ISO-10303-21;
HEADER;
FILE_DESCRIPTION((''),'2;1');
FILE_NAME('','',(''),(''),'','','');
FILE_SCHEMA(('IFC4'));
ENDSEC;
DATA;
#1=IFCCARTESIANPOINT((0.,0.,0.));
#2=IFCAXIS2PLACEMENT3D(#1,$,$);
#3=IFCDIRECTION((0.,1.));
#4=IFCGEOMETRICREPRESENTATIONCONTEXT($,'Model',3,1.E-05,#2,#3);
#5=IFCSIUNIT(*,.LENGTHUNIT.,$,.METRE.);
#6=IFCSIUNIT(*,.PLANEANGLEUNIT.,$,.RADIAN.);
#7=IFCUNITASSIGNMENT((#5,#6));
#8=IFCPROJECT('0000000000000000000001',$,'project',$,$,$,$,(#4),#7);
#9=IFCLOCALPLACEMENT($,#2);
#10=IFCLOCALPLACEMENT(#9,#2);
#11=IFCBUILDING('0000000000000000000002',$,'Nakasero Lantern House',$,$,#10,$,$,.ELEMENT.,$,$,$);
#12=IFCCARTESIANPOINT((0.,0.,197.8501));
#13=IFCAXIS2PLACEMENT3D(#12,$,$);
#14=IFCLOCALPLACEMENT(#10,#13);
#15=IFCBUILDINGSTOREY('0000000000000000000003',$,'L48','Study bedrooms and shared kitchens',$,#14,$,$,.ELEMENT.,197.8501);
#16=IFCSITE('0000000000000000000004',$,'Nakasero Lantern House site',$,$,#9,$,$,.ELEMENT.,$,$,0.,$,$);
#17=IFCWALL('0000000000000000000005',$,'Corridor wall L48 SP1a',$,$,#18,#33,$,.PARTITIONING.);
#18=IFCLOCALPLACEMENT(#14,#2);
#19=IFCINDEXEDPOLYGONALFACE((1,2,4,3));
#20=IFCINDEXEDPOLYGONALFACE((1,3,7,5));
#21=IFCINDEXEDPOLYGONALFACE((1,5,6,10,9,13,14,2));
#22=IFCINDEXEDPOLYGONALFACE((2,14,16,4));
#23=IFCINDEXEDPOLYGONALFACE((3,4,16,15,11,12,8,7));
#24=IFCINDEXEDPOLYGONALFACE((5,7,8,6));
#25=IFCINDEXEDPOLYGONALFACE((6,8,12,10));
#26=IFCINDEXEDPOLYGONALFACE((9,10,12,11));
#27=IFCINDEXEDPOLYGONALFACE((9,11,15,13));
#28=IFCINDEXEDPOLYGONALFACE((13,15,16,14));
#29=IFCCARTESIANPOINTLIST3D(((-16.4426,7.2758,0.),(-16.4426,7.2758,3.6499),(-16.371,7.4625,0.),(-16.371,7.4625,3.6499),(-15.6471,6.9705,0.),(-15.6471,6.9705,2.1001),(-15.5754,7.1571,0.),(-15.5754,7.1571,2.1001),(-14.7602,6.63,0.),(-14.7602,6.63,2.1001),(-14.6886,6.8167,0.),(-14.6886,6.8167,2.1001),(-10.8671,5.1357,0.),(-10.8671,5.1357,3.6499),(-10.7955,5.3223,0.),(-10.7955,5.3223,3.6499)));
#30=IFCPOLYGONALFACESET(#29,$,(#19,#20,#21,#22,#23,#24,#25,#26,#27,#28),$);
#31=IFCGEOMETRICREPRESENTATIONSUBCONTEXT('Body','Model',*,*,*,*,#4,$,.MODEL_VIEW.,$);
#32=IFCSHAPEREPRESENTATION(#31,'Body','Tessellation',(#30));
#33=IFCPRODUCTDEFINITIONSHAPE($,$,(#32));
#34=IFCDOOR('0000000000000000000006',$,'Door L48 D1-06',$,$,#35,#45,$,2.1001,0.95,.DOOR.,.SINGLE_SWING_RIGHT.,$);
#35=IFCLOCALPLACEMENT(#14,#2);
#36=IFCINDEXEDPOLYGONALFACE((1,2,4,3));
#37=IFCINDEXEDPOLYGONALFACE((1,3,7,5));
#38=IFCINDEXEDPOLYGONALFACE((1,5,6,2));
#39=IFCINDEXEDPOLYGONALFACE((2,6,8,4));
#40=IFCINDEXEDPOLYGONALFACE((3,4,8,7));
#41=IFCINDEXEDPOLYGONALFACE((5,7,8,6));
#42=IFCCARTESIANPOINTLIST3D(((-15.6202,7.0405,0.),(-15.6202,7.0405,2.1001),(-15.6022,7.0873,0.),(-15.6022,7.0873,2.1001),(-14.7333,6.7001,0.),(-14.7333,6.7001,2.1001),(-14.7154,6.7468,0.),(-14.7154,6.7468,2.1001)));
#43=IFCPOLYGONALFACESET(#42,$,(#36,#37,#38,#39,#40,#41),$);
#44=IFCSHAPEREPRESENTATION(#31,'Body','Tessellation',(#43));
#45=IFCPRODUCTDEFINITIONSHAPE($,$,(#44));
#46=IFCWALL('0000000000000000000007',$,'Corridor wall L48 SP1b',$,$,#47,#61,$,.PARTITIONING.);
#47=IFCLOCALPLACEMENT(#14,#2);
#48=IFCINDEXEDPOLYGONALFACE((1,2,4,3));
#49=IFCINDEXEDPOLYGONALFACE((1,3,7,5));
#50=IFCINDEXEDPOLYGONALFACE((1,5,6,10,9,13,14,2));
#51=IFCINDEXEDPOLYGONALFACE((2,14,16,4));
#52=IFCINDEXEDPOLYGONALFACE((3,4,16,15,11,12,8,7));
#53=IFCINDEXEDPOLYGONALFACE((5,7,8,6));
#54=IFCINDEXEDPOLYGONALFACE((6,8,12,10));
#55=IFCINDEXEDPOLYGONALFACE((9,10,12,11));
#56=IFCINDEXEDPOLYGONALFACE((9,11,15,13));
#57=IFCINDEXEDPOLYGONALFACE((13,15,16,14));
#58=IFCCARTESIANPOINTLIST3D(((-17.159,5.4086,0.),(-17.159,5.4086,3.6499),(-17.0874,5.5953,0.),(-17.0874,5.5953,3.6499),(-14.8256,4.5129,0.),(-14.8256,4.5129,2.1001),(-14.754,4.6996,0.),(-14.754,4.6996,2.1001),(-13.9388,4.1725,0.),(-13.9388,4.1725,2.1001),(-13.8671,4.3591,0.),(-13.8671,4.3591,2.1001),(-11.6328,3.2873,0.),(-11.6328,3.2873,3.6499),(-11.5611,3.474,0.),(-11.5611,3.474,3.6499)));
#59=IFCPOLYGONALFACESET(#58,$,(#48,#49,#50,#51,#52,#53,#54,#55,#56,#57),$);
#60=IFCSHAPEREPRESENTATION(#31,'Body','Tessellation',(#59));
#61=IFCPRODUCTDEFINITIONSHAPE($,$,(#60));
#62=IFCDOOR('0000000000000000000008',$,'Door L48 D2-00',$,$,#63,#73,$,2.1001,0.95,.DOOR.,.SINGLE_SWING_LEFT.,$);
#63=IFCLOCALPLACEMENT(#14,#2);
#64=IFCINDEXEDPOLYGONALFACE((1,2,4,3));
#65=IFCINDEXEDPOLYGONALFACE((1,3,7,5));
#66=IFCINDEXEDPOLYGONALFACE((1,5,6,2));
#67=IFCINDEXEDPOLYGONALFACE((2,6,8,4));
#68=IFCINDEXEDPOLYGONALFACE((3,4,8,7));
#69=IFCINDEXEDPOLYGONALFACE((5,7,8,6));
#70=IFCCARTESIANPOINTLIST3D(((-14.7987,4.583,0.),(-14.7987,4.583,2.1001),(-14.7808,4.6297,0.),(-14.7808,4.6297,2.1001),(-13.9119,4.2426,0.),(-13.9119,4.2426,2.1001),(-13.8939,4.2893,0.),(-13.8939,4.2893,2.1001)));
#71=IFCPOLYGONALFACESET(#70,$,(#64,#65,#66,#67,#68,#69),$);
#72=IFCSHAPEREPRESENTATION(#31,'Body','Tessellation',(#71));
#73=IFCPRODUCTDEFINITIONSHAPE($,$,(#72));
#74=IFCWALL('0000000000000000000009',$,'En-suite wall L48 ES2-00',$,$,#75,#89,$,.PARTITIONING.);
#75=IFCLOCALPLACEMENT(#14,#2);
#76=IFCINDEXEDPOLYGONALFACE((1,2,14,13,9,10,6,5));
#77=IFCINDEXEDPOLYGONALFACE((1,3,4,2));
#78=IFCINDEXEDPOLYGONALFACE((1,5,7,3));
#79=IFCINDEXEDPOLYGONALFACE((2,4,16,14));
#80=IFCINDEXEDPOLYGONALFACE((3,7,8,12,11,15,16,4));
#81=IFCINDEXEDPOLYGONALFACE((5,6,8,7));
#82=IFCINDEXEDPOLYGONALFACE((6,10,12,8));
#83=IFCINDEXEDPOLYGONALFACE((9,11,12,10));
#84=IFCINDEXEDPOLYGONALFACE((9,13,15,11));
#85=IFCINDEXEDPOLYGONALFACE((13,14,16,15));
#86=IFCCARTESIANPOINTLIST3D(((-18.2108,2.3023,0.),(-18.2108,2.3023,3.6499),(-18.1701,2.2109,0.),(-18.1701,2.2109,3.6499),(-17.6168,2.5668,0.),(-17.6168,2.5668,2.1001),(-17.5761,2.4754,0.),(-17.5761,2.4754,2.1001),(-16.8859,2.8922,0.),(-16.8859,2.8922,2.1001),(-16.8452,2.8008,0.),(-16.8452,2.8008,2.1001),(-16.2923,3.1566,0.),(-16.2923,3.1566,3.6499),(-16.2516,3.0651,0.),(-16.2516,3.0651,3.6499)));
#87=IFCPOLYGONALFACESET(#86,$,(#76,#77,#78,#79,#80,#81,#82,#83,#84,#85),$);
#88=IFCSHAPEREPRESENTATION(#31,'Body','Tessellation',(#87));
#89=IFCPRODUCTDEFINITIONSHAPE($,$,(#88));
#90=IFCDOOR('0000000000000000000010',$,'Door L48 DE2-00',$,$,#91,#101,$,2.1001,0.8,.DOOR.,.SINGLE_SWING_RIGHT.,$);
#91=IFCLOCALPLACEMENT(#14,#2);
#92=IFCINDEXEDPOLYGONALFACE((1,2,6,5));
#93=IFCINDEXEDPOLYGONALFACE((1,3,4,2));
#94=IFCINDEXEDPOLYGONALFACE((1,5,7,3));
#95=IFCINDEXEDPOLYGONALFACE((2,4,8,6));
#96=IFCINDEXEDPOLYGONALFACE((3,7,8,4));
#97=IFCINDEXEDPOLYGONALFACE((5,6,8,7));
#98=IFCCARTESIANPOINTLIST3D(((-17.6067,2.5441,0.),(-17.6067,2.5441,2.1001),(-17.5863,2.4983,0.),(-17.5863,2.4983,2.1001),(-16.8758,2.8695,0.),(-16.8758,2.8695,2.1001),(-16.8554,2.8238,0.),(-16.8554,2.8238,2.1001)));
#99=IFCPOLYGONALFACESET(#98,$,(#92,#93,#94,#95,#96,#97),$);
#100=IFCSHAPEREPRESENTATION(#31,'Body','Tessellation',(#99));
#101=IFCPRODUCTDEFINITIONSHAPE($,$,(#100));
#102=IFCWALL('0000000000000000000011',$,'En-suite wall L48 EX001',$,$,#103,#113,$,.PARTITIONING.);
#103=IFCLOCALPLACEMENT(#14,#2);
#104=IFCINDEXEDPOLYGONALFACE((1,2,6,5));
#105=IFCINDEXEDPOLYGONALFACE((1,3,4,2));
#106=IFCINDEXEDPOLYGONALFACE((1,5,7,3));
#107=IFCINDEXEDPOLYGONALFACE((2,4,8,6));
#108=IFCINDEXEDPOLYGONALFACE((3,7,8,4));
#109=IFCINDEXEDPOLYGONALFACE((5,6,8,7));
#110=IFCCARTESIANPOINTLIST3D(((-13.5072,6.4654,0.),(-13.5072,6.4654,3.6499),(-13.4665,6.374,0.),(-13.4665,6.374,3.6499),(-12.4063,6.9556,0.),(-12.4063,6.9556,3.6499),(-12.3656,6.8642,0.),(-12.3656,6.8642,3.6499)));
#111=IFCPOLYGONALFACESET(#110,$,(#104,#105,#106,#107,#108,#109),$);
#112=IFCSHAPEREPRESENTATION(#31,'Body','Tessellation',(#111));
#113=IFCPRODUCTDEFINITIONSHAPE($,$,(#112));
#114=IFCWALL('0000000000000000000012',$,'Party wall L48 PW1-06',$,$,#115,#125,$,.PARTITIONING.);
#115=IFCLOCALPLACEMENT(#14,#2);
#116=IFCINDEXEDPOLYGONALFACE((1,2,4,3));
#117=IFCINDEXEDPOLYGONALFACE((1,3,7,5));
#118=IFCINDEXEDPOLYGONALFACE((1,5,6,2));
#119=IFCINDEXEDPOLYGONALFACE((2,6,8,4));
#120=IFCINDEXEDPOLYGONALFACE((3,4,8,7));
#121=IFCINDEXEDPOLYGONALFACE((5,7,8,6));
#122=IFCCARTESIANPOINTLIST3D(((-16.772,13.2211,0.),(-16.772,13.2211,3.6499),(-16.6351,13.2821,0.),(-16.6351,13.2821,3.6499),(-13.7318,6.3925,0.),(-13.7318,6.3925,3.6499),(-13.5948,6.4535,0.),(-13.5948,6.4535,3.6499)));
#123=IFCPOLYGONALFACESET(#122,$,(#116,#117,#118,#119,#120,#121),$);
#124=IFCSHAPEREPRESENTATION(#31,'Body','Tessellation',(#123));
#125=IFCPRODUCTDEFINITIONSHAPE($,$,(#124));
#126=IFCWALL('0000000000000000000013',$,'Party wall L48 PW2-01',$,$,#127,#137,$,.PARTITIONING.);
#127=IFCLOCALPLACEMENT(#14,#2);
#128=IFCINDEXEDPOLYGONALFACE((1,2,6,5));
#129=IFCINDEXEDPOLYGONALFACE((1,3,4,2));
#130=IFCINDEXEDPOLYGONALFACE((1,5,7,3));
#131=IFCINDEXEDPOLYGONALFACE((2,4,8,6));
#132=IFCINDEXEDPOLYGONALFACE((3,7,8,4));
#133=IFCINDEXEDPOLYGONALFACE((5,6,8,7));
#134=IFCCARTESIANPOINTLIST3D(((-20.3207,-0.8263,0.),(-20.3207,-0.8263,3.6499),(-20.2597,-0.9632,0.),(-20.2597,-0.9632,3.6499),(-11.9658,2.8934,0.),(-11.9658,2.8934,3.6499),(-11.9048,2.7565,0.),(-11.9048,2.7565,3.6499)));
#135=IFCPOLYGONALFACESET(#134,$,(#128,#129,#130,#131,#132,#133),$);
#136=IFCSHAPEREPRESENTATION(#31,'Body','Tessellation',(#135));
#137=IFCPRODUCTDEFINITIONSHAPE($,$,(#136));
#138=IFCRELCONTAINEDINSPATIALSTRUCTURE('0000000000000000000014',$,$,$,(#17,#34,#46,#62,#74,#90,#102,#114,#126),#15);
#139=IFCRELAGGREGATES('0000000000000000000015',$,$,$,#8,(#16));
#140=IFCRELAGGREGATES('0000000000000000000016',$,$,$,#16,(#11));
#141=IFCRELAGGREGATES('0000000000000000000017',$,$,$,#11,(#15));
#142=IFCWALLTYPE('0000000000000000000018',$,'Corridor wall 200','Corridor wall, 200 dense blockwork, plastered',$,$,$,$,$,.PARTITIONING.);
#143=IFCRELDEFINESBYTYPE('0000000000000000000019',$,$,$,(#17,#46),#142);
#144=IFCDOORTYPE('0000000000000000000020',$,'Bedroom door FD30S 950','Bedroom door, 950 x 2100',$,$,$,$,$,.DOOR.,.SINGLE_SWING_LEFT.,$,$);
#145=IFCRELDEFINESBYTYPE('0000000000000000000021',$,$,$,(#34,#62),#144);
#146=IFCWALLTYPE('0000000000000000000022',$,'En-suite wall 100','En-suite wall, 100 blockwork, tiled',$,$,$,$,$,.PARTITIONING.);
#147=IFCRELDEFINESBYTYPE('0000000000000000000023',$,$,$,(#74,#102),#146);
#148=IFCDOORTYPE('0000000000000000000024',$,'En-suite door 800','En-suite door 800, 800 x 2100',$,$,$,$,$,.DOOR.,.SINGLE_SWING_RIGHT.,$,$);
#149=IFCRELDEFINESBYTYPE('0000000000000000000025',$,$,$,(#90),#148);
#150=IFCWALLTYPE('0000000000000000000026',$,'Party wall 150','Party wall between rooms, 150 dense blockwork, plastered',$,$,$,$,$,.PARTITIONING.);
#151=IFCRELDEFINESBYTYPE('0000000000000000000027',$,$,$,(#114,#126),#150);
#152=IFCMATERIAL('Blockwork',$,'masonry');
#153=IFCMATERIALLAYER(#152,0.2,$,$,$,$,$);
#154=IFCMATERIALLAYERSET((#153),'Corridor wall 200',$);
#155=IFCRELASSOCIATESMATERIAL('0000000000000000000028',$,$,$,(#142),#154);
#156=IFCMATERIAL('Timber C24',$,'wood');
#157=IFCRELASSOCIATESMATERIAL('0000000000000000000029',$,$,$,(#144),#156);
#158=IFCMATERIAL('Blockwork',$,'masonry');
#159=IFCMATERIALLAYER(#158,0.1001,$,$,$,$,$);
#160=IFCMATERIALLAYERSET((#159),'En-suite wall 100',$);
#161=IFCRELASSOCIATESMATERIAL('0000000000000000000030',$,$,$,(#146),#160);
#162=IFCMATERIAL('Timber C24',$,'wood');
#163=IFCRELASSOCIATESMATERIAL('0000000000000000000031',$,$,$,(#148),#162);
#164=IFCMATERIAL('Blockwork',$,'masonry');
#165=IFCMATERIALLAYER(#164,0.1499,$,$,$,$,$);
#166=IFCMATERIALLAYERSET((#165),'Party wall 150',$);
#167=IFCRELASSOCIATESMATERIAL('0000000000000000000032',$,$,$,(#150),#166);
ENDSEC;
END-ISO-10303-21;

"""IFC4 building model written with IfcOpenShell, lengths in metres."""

from ifc_helpers import new_model, si_unit, direction, frame, frame_2d, origin, place, context, subcontext, project, spatial, rectangle, extrude, material, layer, layer_set, type_object, element, fill, save


model = new_model("IFC4")

# Units and contexts
model_context = context("Model", 3, precision=1e-05, world=origin(), true_north=direction((0.0, 1.0)))
body_context = subcontext(model_context, "Body", "Model", "MODEL_VIEW")
ifc_project = project(units=[si_unit("LENGTHUNIT", "METRE"), si_unit("PLANEANGLEUNIT", "RADIAN")], contexts=[model_context])

# Site, building, storey
site_placement = place(None, origin())
site = spatial("IfcSite", under=ifc_project, at=site_placement, Name="Nakasero Lantern House site", CompositionType="ELEMENT", RefElevation=0.0)
building_placement = place(site_placement, origin())
building = spatial("IfcBuilding", under=site, at=building_placement, Name="Nakasero Lantern House", CompositionType="ELEMENT")
storey_placement = place(building_placement, frame((0.0, 0.0, 197.8501)))
storey = spatial("IfcBuildingStorey", under=building, at=storey_placement, Name="L48", Description="Study bedrooms and shared kitchens", CompositionType="ELEMENT", Elevation=197.8501)

# Shared definitions
ifc_material_1 = material(Name="Blockwork", Category="masonry")
ifc_layer_1 = layer(ifc_material_1, 0.2)
ifc_layer_set_1 = layer_set([ifc_layer_1], Name="Corridor wall 200")
wall_type_1 = type_object("IfcWallType", Name="Corridor wall 200", Description="Corridor wall, 200 dense blockwork, plastered", PredefinedType="PARTITIONING", material=ifc_layer_set_1)

# Walls, openings, doors
wall_1_placement = place(storey_placement, frame((-10.8313, 5.229, 0.0), z_axis=(0.0, 0.0, 1.0), x_axis=(-0.933585, 0.358357, 0.0)))
wall_1 = element("IfcWall", 1, at=wall_1_placement, inside=storey, type_object=wall_type_1, Name="Corridor wall L48 SP1a", PredefinedType="PARTITIONING", context=body_context, shape_type="SweptSolid", body=[
    extrude(rectangle(XDim=5.9722, YDim=0.2, at=frame_2d((2.9861, 0.0))), origin(), (0.0, 0.0, 1.0), 3.6499),
])
opening_1_placement = place(wall_1_placement, frame((4.1699, 0.0, 0.0)))
opening_1 = element("IfcOpeningElement", 2, at=opening_1_placement, cuts=wall_1, PredefinedType="OPENING", context=body_context, shape_type="SweptSolid", body=[
    extrude(rectangle(XDim=0.95, YDim=2.1001, at=frame_2d((0.4751, 1.05))), frame((0.0, 0.1199, 0.0), z_axis=(0.0, -1.0, 0.0), x_axis=(1.0, 0.0, 0.0)), (0.0, 0.0, 1.0), 0.24),
])
ifc_material_2 = material(Name="Timber C24", Category="wood")
door_type_1 = type_object("IfcDoorType", Name="Bedroom door FD30S 950", Description="Bedroom door, 950 x 2100", OperationType="SINGLE_SWING_LEFT", PredefinedType="DOOR", material=ifc_material_2)
door_1_placement = place(opening_1_placement, origin())
door_1 = element("IfcDoor", 3, at=door_1_placement, inside=storey, type_object=door_type_1, Name="Door L48 D1-06", OperationType="SINGLE_SWING_RIGHT", OverallHeight=2.1001, OverallWidth=0.95, PredefinedType="DOOR", context=body_context, shape_type="SweptSolid", body=[
    extrude(rectangle(XDim=0.95, YDim=2.1001, at=frame_2d((0.4751, 1.05))), frame((0.0, 0.0249, 0.0), z_axis=(0.0, -1.0, 0.0), x_axis=(1.0, 0.0, 0.0)), (0.0, 0.0, 1.0), 0.05),
])
fill(opening_1, door_1)
wall_2_placement = place(storey_placement, frame((-11.5969, 3.3806, 0.0), z_axis=(0.0, 0.0, 1.0), x_axis=(-0.933582, 0.358363, 0.0)))
wall_2 = element("IfcWall", 4, at=wall_2_placement, inside=storey, type_object=wall_type_1, Name="Corridor wall L48 SP1b", PredefinedType="PARTITIONING", context=body_context, shape_type="SweptSolid", body=[
    extrude(rectangle(XDim=5.9194, YDim=0.2, at=frame_2d((2.9597, 0.0))), origin(), (0.0, 0.0, 1.0), 3.6499),
])
opening_2_placement = place(wall_2_placement, frame((2.47, 0.0, 0.0)))
opening_2 = element("IfcOpeningElement", 5, at=opening_2_placement, cuts=wall_2, PredefinedType="OPENING", context=body_context, shape_type="SweptSolid", body=[
    extrude(rectangle(XDim=0.95, YDim=2.1001, at=frame_2d((0.4751, 1.05))), frame((0.0, 0.1199, 0.0), z_axis=(0.0, -1.0, 0.0), x_axis=(1.0, 0.0, 0.0)), (0.0, 0.0, 1.0), 0.24),
])
door_2_placement = place(opening_2_placement, origin())
door_2 = element("IfcDoor", 6, at=door_2_placement, inside=storey, type_object=door_type_1, Name="Door L48 D2-00", OperationType="SINGLE_SWING_LEFT", OverallHeight=2.1001, OverallWidth=0.95, PredefinedType="DOOR", context=body_context, shape_type="SweptSolid", body=[
    extrude(rectangle(XDim=0.95, YDim=2.1001, at=frame_2d((0.4751, 1.05))), frame((0.0, 0.0249, 0.0), z_axis=(0.0, -1.0, 0.0), x_axis=(1.0, 0.0, 0.0)), (0.0, 0.0, 1.0), 0.05),
])
fill(opening_2, door_2)
ifc_material_3 = material(Name="Blockwork", Category="masonry")
ifc_layer_2 = layer(ifc_material_3, 0.1001)
ifc_layer_set_2 = layer_set([ifc_layer_2], Name="En-suite wall 100")
wall_type_2 = type_object("IfcWallType", Name="En-suite wall 100", Description="En-suite wall, 100 blockwork, tiled", PredefinedType="PARTITIONING", material=ifc_layer_set_2)
wall_3_placement = place(storey_placement, frame((-16.272, 3.1108, 0.0), z_axis=(0.0, 0.0, 1.0), x_axis=(-0.913528, -0.406775, 0.0)))
wall_3 = element("IfcWall", 7, at=wall_3_placement, inside=storey, type_object=wall_type_2, Name="En-suite wall L48 ES2-00", PredefinedType="PARTITIONING", context=body_context, shape_type="SweptSolid", body=[
    extrude(rectangle(XDim=2.1001, YDim=0.1001, at=frame_2d((1.05, 0.0))), origin(), (0.0, 0.0, 1.0), 3.6499),
])
opening_3_placement = place(wall_3_placement, frame((0.6499, 0.0, 0.0)))
opening_3 = element("IfcOpeningElement", 8, at=opening_3_placement, cuts=wall_3, PredefinedType="OPENING", context=body_context, shape_type="SweptSolid", body=[
    extrude(rectangle(XDim=0.8, YDim=2.1001, at=frame_2d((0.3999, 1.05))), frame((0.0, 0.0701, 0.0), z_axis=(0.0, -1.0, 0.0), x_axis=(1.0, 0.0, 0.0)), (0.0, 0.0, 1.0), 0.1401),
])
ifc_material_4 = material(Name="Timber C24", Category="wood")
door_type_2 = type_object("IfcDoorType", Name="En-suite door 800", Description="En-suite door 800, 800 x 2100", OperationType="SINGLE_SWING_RIGHT", PredefinedType="DOOR", material=ifc_material_4)
door_3_placement = place(opening_3_placement, origin())
door_3 = element("IfcDoor", 9, at=door_3_placement, inside=storey, type_object=door_type_2, Name="Door L48 DE2-00", OperationType="SINGLE_SWING_RIGHT", OverallHeight=2.1001, OverallWidth=0.8, PredefinedType="DOOR", context=body_context, shape_type="SweptSolid", body=[
    extrude(rectangle(XDim=0.8, YDim=2.1001, at=frame_2d((0.3999, 1.05))), frame((0.0, 0.0249, 0.0), z_axis=(0.0, -1.0, 0.0), x_axis=(1.0, 0.0, 0.0)), (0.0, 0.0, 1.0), 0.05),
])
fill(opening_3, door_3)

# Walls
wall_4_placement = place(storey_placement, frame((-13.4868, 6.4197, 0.0), z_axis=(0.0, 0.0, 1.0), x_axis=(0.913511, 0.406815, 0.0)))
element("IfcWall", 10, at=wall_4_placement, inside=storey, type_object=wall_type_2, Name="En-suite wall L48 EX001", PredefinedType="PARTITIONING", context=body_context, shape_type="SweptSolid", body=[
    extrude(rectangle(XDim=1.2051, YDim=0.1001, at=frame_2d((0.6025, 0.0))), origin(), (0.0, 0.0, 1.0), 3.6499),
])
ifc_material_5 = material(Name="Blockwork", Category="masonry")
ifc_layer_3 = layer(ifc_material_5, 0.1499)
ifc_layer_set_3 = layer_set([ifc_layer_3], Name="Party wall 150")
wall_type_3 = type_object("IfcWallType", Name="Party wall 150", Description="Party wall between rooms, 150 dense blockwork, plastered", PredefinedType="PARTITIONING", material=ifc_layer_set_3)
wall_5_placement = place(storey_placement, frame((-13.6633, 6.4231, 0.0), z_axis=(0.0, 0.0, 1.0), x_axis=(-0.406735, 0.913546, 0.0)))
element("IfcWall", 11, at=wall_5_placement, inside=storey, type_object=wall_type_3, Name="Party wall L48 PW1-06", PredefinedType="PARTITIONING", context=body_context, shape_type="SweptSolid", body=[
    extrude(rectangle(XDim=7.4749, YDim=0.1499, at=frame_2d((3.7373, 0.0))), origin(), (0.0, 0.0, 1.0), 3.6499),
])
wall_6_placement = place(storey_placement, frame((-11.9353, 2.825, 0.0), z_axis=(0.0, 0.0, 1.0), x_axis=(-0.913552, -0.406723, 0.0)))
element("IfcWall", 12, at=wall_6_placement, inside=storey, type_object=wall_type_3, Name="Party wall L48 PW2-01", PredefinedType="PARTITIONING", context=body_context, shape_type="SweptSolid", body=[
    extrude(rectangle(XDim=9.1455, YDim=0.1499, at=frame_2d((4.5728, 0.0))), origin(), (0.0, 0.0, 1.0), 3.6499),
])

save(model, "model.ifc")
